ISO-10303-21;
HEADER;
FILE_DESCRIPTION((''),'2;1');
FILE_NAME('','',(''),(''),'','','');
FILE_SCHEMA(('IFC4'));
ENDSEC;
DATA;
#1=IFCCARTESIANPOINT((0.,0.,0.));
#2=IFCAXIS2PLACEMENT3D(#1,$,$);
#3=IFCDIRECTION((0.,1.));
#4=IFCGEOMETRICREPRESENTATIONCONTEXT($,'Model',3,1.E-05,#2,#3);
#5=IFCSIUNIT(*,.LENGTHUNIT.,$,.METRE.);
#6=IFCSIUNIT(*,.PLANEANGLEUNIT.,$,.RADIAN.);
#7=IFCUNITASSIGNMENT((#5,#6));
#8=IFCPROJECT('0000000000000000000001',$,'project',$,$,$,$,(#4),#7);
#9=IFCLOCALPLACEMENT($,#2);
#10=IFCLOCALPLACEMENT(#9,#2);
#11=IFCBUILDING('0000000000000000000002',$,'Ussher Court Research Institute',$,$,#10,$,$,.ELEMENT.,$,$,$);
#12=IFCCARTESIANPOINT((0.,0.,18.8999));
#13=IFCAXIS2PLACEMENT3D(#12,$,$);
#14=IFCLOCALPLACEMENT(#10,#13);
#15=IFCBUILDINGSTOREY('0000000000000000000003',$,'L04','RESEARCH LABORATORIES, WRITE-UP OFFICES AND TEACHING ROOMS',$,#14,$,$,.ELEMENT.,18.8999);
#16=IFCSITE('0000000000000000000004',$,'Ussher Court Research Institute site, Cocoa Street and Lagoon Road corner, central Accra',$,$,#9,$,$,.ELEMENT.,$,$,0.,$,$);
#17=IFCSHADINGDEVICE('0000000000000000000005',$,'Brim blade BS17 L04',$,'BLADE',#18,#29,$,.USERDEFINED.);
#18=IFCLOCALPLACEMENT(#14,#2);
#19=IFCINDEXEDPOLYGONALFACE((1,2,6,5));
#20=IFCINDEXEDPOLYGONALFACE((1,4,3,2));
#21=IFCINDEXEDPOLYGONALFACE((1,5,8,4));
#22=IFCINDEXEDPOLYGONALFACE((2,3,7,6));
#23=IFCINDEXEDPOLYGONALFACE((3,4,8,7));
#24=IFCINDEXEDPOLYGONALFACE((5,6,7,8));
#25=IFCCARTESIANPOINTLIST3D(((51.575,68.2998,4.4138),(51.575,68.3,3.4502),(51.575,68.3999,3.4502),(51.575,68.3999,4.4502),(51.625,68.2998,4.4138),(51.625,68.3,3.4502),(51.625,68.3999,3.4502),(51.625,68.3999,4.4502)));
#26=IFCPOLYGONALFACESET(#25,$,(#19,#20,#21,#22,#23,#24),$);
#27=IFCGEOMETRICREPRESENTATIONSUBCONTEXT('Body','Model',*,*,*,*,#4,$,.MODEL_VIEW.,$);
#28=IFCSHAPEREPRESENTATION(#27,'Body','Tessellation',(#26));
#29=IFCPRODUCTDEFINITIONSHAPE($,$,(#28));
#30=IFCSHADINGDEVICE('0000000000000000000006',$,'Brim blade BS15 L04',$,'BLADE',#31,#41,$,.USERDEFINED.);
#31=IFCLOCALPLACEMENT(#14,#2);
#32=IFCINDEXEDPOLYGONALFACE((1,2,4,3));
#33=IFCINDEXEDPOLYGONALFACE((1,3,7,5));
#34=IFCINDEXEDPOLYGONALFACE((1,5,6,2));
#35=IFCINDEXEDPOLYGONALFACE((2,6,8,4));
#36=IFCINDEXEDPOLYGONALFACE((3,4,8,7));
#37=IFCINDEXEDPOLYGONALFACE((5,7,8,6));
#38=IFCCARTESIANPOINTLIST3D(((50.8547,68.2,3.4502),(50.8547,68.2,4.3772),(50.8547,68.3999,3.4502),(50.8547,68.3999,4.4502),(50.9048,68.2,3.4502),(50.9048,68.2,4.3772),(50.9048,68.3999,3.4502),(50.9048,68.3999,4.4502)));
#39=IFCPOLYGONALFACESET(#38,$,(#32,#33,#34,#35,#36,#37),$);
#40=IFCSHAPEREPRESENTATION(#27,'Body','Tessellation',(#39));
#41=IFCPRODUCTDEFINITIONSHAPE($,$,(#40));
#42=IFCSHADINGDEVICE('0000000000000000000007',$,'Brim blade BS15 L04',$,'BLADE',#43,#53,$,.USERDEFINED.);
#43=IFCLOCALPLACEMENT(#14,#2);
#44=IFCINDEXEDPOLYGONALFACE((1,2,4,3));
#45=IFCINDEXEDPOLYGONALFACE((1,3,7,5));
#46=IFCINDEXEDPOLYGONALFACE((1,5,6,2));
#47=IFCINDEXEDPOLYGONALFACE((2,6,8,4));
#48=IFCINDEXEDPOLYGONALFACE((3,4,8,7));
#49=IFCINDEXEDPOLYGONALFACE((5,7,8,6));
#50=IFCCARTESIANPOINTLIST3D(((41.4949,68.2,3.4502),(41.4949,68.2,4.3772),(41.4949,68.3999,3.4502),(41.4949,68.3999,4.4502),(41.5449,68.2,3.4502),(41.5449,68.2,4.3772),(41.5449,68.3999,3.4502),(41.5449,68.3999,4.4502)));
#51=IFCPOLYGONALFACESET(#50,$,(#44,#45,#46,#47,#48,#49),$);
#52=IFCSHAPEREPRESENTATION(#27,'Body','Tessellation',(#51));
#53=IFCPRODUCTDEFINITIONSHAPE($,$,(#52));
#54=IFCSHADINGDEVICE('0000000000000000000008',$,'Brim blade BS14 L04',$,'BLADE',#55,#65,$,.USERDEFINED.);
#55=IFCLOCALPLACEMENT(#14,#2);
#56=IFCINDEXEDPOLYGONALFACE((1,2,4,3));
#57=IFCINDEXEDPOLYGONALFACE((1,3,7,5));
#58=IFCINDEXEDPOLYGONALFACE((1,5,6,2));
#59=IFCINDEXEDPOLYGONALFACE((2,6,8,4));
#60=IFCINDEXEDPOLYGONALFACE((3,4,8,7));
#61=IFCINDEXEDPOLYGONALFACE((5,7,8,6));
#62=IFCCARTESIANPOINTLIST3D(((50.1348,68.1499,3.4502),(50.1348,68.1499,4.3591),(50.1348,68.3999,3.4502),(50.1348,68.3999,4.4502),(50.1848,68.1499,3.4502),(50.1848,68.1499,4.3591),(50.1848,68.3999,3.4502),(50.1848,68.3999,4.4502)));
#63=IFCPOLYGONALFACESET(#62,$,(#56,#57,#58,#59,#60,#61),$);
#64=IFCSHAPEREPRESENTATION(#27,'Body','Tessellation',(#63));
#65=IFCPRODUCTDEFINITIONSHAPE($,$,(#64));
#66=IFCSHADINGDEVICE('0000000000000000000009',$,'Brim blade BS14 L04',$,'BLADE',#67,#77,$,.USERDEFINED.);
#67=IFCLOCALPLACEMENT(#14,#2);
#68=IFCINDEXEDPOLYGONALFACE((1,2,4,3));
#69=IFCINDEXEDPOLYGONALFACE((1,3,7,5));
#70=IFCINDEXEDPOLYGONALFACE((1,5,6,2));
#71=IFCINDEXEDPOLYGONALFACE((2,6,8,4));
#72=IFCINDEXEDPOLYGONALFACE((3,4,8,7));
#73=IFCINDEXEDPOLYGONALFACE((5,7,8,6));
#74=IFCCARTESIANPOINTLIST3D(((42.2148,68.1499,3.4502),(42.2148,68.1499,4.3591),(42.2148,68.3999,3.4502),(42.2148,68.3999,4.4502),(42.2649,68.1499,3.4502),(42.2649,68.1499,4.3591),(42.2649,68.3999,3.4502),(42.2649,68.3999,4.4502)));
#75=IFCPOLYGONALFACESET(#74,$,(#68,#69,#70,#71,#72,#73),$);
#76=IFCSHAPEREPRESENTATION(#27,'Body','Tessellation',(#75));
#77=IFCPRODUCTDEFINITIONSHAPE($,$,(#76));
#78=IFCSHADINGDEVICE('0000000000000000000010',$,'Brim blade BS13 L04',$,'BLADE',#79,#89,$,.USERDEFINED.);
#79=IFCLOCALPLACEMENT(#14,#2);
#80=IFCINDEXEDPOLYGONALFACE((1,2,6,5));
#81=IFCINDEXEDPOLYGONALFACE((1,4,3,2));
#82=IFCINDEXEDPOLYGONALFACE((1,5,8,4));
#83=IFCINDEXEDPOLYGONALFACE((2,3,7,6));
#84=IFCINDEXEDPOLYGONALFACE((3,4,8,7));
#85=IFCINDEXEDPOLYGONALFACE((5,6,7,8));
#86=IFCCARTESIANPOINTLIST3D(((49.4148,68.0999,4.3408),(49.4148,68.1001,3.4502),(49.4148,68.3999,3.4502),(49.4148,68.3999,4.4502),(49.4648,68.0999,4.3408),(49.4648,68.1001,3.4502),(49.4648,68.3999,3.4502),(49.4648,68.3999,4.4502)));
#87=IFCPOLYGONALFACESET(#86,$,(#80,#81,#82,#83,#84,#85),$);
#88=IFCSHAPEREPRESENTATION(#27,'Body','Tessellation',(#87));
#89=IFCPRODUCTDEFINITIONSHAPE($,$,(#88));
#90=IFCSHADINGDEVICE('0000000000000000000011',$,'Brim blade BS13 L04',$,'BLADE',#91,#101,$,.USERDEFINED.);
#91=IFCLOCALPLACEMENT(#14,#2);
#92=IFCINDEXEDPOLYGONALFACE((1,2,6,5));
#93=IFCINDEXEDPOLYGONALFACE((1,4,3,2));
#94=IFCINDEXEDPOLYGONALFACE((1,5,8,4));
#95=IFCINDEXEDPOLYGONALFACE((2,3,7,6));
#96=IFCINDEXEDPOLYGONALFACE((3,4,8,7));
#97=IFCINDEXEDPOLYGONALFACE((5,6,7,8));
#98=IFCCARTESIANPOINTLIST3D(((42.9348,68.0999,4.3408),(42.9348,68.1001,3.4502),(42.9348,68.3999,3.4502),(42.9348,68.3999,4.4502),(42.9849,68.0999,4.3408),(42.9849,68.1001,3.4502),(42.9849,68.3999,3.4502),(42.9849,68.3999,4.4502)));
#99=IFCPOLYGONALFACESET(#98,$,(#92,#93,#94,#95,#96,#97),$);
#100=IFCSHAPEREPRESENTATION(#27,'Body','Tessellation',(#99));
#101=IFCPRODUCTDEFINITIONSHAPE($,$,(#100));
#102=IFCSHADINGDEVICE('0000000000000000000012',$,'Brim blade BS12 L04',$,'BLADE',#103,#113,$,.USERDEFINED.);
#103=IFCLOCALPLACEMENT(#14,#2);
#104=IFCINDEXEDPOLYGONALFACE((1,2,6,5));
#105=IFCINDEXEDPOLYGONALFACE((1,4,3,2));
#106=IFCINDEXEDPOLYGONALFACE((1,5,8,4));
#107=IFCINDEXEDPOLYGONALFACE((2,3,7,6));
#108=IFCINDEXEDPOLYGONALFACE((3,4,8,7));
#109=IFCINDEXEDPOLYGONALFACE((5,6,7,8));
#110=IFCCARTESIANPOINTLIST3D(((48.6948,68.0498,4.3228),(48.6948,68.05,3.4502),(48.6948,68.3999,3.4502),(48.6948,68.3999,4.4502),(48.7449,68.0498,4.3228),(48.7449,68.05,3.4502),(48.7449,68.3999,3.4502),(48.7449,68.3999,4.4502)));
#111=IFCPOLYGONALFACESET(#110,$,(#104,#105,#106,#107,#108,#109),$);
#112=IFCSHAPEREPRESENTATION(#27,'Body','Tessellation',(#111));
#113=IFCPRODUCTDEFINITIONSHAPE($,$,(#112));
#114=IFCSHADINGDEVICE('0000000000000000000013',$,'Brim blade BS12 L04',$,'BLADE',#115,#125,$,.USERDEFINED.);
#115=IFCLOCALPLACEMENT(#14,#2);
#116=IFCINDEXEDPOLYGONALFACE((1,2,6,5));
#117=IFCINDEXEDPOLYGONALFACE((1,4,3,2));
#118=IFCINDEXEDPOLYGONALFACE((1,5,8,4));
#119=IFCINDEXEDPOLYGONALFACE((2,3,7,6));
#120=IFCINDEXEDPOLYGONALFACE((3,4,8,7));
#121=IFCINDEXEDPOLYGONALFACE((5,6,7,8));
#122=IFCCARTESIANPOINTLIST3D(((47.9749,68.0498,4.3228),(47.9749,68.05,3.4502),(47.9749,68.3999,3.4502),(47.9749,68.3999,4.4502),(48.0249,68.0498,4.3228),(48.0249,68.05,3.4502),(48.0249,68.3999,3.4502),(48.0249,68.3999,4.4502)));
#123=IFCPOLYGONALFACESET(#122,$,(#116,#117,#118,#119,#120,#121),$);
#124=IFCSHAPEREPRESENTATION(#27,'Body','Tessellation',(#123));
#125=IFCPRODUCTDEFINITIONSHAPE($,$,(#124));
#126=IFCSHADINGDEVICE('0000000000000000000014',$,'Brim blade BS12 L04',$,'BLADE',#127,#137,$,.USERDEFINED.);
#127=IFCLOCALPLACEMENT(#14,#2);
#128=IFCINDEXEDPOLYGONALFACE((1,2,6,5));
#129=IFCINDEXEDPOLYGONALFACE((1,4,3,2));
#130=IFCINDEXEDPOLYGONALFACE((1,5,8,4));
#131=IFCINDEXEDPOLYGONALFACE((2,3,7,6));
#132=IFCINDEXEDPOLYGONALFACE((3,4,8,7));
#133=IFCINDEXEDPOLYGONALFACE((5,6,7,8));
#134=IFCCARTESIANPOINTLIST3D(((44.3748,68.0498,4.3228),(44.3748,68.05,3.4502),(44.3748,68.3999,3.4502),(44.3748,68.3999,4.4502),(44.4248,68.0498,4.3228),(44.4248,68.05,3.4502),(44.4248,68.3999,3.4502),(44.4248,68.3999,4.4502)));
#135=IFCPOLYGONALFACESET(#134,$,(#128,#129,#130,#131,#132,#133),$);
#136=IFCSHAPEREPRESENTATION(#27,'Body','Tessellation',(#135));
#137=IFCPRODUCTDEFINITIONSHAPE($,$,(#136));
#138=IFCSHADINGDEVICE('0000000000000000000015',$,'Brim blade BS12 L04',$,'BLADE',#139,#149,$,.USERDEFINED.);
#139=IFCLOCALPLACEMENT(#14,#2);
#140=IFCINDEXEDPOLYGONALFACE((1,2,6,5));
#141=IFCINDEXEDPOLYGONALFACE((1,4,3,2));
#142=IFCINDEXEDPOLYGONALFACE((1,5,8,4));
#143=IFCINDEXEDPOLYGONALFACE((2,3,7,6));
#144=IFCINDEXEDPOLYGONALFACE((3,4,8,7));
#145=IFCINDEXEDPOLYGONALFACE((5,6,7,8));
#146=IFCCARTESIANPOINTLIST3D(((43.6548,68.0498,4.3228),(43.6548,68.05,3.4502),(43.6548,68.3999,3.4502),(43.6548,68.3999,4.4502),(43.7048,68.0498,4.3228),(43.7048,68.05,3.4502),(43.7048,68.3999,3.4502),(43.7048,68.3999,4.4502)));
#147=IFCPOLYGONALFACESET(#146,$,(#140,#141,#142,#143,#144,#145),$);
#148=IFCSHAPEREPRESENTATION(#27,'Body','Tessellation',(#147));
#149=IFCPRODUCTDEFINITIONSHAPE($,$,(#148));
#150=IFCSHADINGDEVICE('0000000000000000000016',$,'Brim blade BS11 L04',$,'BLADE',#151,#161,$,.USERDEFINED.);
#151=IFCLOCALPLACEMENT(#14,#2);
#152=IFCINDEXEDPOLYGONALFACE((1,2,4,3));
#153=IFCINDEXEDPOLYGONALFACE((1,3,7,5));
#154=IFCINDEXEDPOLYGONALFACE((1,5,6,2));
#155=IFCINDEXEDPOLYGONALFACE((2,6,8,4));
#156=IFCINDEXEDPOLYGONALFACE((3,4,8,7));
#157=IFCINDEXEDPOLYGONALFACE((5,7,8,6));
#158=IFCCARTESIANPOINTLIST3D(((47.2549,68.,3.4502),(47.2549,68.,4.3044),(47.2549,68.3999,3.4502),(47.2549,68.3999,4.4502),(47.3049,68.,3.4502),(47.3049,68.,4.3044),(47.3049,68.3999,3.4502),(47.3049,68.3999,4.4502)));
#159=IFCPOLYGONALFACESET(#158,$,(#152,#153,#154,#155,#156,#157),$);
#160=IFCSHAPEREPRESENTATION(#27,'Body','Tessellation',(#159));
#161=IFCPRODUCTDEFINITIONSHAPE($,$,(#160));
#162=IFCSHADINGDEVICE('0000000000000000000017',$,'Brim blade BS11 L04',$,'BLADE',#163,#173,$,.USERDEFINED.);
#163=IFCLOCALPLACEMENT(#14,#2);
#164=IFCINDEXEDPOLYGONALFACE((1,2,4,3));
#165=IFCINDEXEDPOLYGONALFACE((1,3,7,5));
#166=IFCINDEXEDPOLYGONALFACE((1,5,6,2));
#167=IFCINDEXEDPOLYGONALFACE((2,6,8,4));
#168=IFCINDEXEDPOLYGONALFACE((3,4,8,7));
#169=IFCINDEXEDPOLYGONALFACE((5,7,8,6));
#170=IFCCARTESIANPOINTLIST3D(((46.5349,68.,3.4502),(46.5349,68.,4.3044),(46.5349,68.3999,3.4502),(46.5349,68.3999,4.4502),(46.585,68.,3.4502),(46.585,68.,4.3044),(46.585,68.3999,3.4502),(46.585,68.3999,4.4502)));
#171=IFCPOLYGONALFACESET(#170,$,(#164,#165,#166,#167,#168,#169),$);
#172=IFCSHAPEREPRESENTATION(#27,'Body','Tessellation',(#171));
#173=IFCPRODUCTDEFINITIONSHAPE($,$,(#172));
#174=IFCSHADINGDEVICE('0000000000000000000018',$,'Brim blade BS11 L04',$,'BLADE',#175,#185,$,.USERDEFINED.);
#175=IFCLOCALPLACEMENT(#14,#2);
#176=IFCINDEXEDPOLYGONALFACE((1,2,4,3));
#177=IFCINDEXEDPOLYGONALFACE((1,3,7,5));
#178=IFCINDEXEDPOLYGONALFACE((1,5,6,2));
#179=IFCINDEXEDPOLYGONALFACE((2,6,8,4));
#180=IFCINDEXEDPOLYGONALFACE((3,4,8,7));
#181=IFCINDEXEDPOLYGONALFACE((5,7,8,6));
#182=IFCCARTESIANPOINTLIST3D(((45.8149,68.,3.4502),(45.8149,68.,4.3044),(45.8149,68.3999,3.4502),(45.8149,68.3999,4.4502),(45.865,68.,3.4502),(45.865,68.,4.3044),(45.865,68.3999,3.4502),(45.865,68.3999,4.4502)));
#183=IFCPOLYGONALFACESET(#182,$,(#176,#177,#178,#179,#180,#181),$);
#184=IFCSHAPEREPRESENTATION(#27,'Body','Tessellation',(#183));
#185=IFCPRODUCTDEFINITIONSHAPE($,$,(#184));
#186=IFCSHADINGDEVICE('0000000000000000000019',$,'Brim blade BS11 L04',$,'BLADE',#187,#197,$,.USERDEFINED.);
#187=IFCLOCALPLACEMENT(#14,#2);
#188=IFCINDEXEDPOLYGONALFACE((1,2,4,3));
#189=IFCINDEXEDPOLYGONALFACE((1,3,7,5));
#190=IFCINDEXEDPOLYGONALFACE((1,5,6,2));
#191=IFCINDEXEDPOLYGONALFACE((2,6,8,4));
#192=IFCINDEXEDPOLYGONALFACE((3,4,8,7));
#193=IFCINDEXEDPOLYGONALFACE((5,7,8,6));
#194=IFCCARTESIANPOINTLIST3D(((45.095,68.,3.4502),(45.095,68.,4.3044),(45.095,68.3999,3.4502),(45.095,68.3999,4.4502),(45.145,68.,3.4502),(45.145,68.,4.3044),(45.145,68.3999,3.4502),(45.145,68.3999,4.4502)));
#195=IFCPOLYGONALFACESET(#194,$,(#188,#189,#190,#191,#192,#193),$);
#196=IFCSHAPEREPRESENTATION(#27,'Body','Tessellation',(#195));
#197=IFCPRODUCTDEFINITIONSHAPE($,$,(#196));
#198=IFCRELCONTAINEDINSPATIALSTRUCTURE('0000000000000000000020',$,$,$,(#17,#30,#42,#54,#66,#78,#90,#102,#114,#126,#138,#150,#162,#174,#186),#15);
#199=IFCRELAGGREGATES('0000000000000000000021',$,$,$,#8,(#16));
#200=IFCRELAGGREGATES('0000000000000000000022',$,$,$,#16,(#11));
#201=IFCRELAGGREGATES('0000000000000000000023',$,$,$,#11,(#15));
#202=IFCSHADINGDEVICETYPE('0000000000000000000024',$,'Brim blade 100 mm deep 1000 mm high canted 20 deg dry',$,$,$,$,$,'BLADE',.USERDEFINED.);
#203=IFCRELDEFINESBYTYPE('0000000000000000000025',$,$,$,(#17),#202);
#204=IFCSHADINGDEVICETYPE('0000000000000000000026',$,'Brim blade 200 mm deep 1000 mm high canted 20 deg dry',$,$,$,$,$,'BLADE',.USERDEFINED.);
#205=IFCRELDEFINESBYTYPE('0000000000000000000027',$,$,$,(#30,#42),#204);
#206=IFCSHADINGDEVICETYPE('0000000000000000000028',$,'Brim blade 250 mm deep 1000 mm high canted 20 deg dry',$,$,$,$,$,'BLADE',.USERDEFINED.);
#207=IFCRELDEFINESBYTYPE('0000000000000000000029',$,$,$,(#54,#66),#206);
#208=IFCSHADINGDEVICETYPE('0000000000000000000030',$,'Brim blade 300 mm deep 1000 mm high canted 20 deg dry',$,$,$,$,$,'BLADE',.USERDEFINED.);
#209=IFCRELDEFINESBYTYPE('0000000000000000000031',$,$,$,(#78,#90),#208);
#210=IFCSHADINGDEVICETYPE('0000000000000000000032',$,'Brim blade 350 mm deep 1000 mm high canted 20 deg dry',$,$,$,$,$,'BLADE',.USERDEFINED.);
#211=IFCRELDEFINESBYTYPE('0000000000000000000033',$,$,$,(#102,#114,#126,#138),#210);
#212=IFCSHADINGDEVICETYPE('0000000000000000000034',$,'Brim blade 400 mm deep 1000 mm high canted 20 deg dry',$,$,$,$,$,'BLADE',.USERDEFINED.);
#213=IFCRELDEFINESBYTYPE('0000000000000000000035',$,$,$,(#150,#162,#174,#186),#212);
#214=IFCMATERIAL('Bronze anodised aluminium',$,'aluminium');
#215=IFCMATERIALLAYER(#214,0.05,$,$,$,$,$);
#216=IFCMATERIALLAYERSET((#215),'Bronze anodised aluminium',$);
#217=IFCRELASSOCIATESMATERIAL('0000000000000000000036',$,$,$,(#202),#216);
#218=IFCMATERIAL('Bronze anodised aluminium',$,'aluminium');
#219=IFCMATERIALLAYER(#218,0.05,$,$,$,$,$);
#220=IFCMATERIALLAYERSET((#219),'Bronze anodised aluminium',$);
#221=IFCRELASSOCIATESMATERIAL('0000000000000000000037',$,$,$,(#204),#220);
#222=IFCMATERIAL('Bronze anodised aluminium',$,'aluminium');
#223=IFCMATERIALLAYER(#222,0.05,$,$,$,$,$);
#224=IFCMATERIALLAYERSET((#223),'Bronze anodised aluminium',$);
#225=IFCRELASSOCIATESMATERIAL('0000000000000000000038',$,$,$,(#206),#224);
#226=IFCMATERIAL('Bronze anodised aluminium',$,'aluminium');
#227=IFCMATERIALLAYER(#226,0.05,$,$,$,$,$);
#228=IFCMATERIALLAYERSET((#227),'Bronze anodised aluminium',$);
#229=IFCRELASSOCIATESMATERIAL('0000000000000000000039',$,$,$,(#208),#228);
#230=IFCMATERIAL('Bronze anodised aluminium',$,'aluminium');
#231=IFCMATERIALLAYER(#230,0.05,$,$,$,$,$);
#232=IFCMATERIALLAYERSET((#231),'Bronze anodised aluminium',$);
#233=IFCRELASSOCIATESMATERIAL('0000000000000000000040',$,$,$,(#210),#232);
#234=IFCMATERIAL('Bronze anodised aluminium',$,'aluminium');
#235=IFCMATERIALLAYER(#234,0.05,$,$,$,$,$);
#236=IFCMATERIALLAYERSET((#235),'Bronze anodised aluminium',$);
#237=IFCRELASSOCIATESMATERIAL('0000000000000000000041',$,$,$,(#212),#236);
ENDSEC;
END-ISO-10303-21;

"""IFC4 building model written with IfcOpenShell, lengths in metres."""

from ifc_helpers import new_model, si_unit, direction, frame, origin, place, context, subcontext, project, spatial, polyline, outline, extrude, material, layer, layer_set, type_object, element, save


model = new_model("IFC4")

# Units and contexts
model_context = context("Model", 3, precision=1e-05, world=origin(), true_north=direction((0.0, 1.0)))
body_context = subcontext(model_context, "Body", "Model", "MODEL_VIEW")
ifc_project = project(units=[si_unit("LENGTHUNIT", "METRE"), si_unit("PLANEANGLEUNIT", "RADIAN")], contexts=[model_context])

# Site, building, storey
site_placement = place(None, origin())
site = spatial("IfcSite", under=ifc_project, at=site_placement, Name="Ussher Court Research Institute site, Cocoa Street and Lagoon Road corner, central Accra", CompositionType="ELEMENT", RefElevation=0.0)
building_placement = place(site_placement, origin())
building = spatial("IfcBuilding", under=site, at=building_placement, Name="Ussher Court Research Institute", CompositionType="ELEMENT")
storey_placement = place(building_placement, frame((0.0, 0.0, 18.8999)))
storey = spatial("IfcBuildingStorey", under=building, at=storey_placement, Name="L04", Description="RESEARCH LABORATORIES, WRITE-UP OFFICES AND TEACHING ROOMS", CompositionType="ELEMENT", Elevation=18.8999)

# Shading devices
ifc_material_1 = material(Name="Bronze anodised aluminium", Category="aluminium")
ifc_layer_1 = layer(ifc_material_1, 0.05)
ifc_layer_set_1 = layer_set([ifc_layer_1], Name="Bronze anodised aluminium")
shading_device_type_1 = type_object("IfcShadingDeviceType", Name="Brim blade 100 mm deep 1000 mm high canted 20 deg dry", ElementType="BLADE", PredefinedType="USERDEFINED", material=ifc_layer_set_1)
for number, where, z_axis, x_axis, name in (
    (1, (51.6001, 68.3999, 3.4502), (0.0, 0.0, 1.0), (0.0, -1.0, 0.0), "Brim blade BS17 L04"),
):
    element("IfcShadingDevice", number, at=place(storey_placement, frame(where, z_axis=z_axis, x_axis=x_axis)), inside=storey, type_object=shading_device_type_1, Name=name, ObjectType="BLADE", PredefinedType="USERDEFINED", context=body_context, shape_type="SweptSolid", body=[
        extrude(outline(polyline([(0.0, 0.0), (0.0999, 0.0), (0.1001, 0.9636), (0.0, 1.0), (0.0, 0.0)])), frame((0.0, 0.0249, 0.0), z_axis=(0.0, -1.0, 0.0), x_axis=(1.0, 0.0, 0.0)), (0.0, 0.0, 1.0), 0.05),
    ])
ifc_material_2 = material(Name="Bronze anodised aluminium", Category="aluminium")
ifc_layer_2 = layer(ifc_material_2, 0.05)
ifc_layer_set_2 = layer_set([ifc_layer_2], Name="Bronze anodised aluminium")
shading_device_type_2 = type_object("IfcShadingDeviceType", Name="Brim blade 200 mm deep 1000 mm high canted 20 deg dry", ElementType="BLADE", PredefinedType="USERDEFINED", material=ifc_layer_set_2)
for number, where, z_axis, x_axis, name in (
    (2, (50.8799, 68.3999, 3.4502), (0.0, 0.0, 1.0), (0.0, -1.0, 0.0), "Brim blade BS15 L04"),
    (3, (41.52, 68.3999, 3.4502), (0.0, 0.0, 1.0), (0.0, -1.0, 0.0), "Brim blade BS15 L04"),
):
    element("IfcShadingDevice", number, at=place(storey_placement, frame(where, z_axis=z_axis, x_axis=x_axis)), inside=storey, type_object=shading_device_type_2, Name=name, ObjectType="BLADE", PredefinedType="USERDEFINED", context=body_context, shape_type="SweptSolid", body=[
        extrude(outline(polyline([(0.0, 0.0), (0.2, 0.0), (0.2, 0.927), (0.0, 1.0), (0.0, 0.0)])), frame((0.0, 0.0249, 0.0), z_axis=(0.0, -1.0, 0.0), x_axis=(1.0, 0.0, 0.0)), (0.0, 0.0, 1.0), 0.05),
    ])
ifc_material_3 = material(Name="Bronze anodised aluminium", Category="aluminium")
ifc_layer_3 = layer(ifc_material_3, 0.05)
ifc_layer_set_3 = layer_set([ifc_layer_3], Name="Bronze anodised aluminium")
shading_device_type_3 = type_object("IfcShadingDeviceType", Name="Brim blade 250 mm deep 1000 mm high canted 20 deg dry", ElementType="BLADE", PredefinedType="USERDEFINED", material=ifc_layer_set_3)
for number, where, z_axis, x_axis, name in (
    (4, (50.1599, 68.3999, 3.4502), (0.0, 0.0, 1.0), (0.0, -1.0, 0.0), "Brim blade BS14 L04"),
    (5, (42.24, 68.3999, 3.4502), (0.0, 0.0, 1.0), (0.0, -1.0, 0.0), "Brim blade BS14 L04"),
):
    element("IfcShadingDevice", number, at=place(storey_placement, frame(where, z_axis=z_axis, x_axis=x_axis)), inside=storey, type_object=shading_device_type_3, Name=name, ObjectType="BLADE", PredefinedType="USERDEFINED", context=body_context, shape_type="SweptSolid", body=[
        extrude(outline(polyline([(0.0, 0.0), (0.25, 0.0), (0.25, 0.9089), (0.0, 1.0), (0.0, 0.0)])), frame((0.0, 0.0249, 0.0), z_axis=(0.0, -1.0, 0.0), x_axis=(1.0, 0.0, 0.0)), (0.0, 0.0, 1.0), 0.05),
    ])
ifc_material_4 = material(Name="Bronze anodised aluminium", Category="aluminium")
ifc_layer_4 = layer(ifc_material_4, 0.05)
ifc_layer_set_4 = layer_set([ifc_layer_4], Name="Bronze anodised aluminium")
shading_device_type_4 = type_object("IfcShadingDeviceType", Name="Brim blade 300 mm deep 1000 mm high canted 20 deg dry", ElementType="BLADE", PredefinedType="USERDEFINED", material=ifc_layer_set_4)
for number, where, z_axis, x_axis, name in (
    (6, (49.4399, 68.3999, 3.4502), (0.0, 0.0, 1.0), (0.0, -1.0, 0.0), "Brim blade BS13 L04"),
    (7, (42.96, 68.3999, 3.4502), (0.0, 0.0, 1.0), (0.0, -1.0, 0.0), "Brim blade BS13 L04"),
):
    element("IfcShadingDevice", number, at=place(storey_placement, frame(where, z_axis=z_axis, x_axis=x_axis)), inside=storey, type_object=shading_device_type_4, Name=name, ObjectType="BLADE", PredefinedType="USERDEFINED", context=body_context, shape_type="SweptSolid", body=[
        extrude(outline(polyline([(0.0, 0.0), (0.2998, 0.0), (0.3, 0.8906), (0.0, 1.0), (0.0, 0.0)])), frame((0.0, 0.0249, 0.0), z_axis=(0.0, -1.0, 0.0), x_axis=(1.0, 0.0, 0.0)), (0.0, 0.0, 1.0), 0.05),
    ])
ifc_material_5 = material(Name="Bronze anodised aluminium", Category="aluminium")
ifc_layer_5 = layer(ifc_material_5, 0.05)
ifc_layer_set_5 = layer_set([ifc_layer_5], Name="Bronze anodised aluminium")
shading_device_type_5 = type_object("IfcShadingDeviceType", Name="Brim blade 350 mm deep 1000 mm high canted 20 deg dry", ElementType="BLADE", PredefinedType="USERDEFINED", material=ifc_layer_set_5)
for number, where, z_axis, x_axis, name in (
    (8, (48.72, 68.3999, 3.4502), (0.0, 0.0, 1.0), (0.0, -1.0, 0.0), "Brim blade BS12 L04"),
    (9, (48.0, 68.3999, 3.4502), (0.0, 0.0, 1.0), (0.0, -1.0, 0.0), "Brim blade BS12 L04"),
    (10, (44.3999, 68.3999, 3.4502), (0.0, 0.0, 1.0), (0.0, -1.0, 0.0), "Brim blade BS12 L04"),
    (11, (43.6799, 68.3999, 3.4502), (0.0, 0.0, 1.0), (0.0, -1.0, 0.0), "Brim blade BS12 L04"),
):
    element("IfcShadingDevice", number, at=place(storey_placement, frame(where, z_axis=z_axis, x_axis=x_axis)), inside=storey, type_object=shading_device_type_5, Name=name, ObjectType="BLADE", PredefinedType="USERDEFINED", context=body_context, shape_type="SweptSolid", body=[
        extrude(outline(polyline([(0.0, 0.0), (0.3499, 0.0), (0.3501, 0.8726), (0.0, 1.0), (0.0, 0.0)])), frame((0.0, 0.0249, 0.0), z_axis=(0.0, -1.0, 0.0), x_axis=(1.0, 0.0, 0.0)), (0.0, 0.0, 1.0), 0.05),
    ])
ifc_material_6 = material(Name="Bronze anodised aluminium", Category="aluminium")
ifc_layer_6 = layer(ifc_material_6, 0.05)
ifc_layer_set_6 = layer_set([ifc_layer_6], Name="Bronze anodised aluminium")
shading_device_type_6 = type_object("IfcShadingDeviceType", Name="Brim blade 400 mm deep 1000 mm high canted 20 deg dry", ElementType="BLADE", PredefinedType="USERDEFINED", material=ifc_layer_set_6)
for number, where, z_axis, x_axis, name in (
    (12, (47.28, 68.3999, 3.4502), (0.0, 0.0, 1.0), (0.0, -1.0, 0.0), "Brim blade BS11 L04"),
    (13, (46.5601, 68.3999, 3.4502), (0.0, 0.0, 1.0), (0.0, -1.0, 0.0), "Brim blade BS11 L04"),
    (14, (45.8401, 68.3999, 3.4502), (0.0, 0.0, 1.0), (0.0, -1.0, 0.0), "Brim blade BS11 L04"),
    (15, (45.1201, 68.3999, 3.4502), (0.0, 0.0, 1.0), (0.0, -1.0, 0.0), "Brim blade BS11 L04"),
):
    element("IfcShadingDevice", number, at=place(storey_placement, frame(where, z_axis=z_axis, x_axis=x_axis)), inside=storey, type_object=shading_device_type_6, Name=name, ObjectType="BLADE", PredefinedType="USERDEFINED", context=body_context, shape_type="SweptSolid", body=[
        extrude(outline(polyline([(0.0, 0.0), (0.3999, 0.0), (0.3999, 0.8542), (0.0, 1.0), (0.0, 0.0)])), frame((0.0, 0.0249, 0.0), z_axis=(0.0, -1.0, 0.0), x_axis=(1.0, 0.0, 0.0)), (0.0, 0.0, 1.0), 0.05),
    ])

save(model, "model.ifc")
